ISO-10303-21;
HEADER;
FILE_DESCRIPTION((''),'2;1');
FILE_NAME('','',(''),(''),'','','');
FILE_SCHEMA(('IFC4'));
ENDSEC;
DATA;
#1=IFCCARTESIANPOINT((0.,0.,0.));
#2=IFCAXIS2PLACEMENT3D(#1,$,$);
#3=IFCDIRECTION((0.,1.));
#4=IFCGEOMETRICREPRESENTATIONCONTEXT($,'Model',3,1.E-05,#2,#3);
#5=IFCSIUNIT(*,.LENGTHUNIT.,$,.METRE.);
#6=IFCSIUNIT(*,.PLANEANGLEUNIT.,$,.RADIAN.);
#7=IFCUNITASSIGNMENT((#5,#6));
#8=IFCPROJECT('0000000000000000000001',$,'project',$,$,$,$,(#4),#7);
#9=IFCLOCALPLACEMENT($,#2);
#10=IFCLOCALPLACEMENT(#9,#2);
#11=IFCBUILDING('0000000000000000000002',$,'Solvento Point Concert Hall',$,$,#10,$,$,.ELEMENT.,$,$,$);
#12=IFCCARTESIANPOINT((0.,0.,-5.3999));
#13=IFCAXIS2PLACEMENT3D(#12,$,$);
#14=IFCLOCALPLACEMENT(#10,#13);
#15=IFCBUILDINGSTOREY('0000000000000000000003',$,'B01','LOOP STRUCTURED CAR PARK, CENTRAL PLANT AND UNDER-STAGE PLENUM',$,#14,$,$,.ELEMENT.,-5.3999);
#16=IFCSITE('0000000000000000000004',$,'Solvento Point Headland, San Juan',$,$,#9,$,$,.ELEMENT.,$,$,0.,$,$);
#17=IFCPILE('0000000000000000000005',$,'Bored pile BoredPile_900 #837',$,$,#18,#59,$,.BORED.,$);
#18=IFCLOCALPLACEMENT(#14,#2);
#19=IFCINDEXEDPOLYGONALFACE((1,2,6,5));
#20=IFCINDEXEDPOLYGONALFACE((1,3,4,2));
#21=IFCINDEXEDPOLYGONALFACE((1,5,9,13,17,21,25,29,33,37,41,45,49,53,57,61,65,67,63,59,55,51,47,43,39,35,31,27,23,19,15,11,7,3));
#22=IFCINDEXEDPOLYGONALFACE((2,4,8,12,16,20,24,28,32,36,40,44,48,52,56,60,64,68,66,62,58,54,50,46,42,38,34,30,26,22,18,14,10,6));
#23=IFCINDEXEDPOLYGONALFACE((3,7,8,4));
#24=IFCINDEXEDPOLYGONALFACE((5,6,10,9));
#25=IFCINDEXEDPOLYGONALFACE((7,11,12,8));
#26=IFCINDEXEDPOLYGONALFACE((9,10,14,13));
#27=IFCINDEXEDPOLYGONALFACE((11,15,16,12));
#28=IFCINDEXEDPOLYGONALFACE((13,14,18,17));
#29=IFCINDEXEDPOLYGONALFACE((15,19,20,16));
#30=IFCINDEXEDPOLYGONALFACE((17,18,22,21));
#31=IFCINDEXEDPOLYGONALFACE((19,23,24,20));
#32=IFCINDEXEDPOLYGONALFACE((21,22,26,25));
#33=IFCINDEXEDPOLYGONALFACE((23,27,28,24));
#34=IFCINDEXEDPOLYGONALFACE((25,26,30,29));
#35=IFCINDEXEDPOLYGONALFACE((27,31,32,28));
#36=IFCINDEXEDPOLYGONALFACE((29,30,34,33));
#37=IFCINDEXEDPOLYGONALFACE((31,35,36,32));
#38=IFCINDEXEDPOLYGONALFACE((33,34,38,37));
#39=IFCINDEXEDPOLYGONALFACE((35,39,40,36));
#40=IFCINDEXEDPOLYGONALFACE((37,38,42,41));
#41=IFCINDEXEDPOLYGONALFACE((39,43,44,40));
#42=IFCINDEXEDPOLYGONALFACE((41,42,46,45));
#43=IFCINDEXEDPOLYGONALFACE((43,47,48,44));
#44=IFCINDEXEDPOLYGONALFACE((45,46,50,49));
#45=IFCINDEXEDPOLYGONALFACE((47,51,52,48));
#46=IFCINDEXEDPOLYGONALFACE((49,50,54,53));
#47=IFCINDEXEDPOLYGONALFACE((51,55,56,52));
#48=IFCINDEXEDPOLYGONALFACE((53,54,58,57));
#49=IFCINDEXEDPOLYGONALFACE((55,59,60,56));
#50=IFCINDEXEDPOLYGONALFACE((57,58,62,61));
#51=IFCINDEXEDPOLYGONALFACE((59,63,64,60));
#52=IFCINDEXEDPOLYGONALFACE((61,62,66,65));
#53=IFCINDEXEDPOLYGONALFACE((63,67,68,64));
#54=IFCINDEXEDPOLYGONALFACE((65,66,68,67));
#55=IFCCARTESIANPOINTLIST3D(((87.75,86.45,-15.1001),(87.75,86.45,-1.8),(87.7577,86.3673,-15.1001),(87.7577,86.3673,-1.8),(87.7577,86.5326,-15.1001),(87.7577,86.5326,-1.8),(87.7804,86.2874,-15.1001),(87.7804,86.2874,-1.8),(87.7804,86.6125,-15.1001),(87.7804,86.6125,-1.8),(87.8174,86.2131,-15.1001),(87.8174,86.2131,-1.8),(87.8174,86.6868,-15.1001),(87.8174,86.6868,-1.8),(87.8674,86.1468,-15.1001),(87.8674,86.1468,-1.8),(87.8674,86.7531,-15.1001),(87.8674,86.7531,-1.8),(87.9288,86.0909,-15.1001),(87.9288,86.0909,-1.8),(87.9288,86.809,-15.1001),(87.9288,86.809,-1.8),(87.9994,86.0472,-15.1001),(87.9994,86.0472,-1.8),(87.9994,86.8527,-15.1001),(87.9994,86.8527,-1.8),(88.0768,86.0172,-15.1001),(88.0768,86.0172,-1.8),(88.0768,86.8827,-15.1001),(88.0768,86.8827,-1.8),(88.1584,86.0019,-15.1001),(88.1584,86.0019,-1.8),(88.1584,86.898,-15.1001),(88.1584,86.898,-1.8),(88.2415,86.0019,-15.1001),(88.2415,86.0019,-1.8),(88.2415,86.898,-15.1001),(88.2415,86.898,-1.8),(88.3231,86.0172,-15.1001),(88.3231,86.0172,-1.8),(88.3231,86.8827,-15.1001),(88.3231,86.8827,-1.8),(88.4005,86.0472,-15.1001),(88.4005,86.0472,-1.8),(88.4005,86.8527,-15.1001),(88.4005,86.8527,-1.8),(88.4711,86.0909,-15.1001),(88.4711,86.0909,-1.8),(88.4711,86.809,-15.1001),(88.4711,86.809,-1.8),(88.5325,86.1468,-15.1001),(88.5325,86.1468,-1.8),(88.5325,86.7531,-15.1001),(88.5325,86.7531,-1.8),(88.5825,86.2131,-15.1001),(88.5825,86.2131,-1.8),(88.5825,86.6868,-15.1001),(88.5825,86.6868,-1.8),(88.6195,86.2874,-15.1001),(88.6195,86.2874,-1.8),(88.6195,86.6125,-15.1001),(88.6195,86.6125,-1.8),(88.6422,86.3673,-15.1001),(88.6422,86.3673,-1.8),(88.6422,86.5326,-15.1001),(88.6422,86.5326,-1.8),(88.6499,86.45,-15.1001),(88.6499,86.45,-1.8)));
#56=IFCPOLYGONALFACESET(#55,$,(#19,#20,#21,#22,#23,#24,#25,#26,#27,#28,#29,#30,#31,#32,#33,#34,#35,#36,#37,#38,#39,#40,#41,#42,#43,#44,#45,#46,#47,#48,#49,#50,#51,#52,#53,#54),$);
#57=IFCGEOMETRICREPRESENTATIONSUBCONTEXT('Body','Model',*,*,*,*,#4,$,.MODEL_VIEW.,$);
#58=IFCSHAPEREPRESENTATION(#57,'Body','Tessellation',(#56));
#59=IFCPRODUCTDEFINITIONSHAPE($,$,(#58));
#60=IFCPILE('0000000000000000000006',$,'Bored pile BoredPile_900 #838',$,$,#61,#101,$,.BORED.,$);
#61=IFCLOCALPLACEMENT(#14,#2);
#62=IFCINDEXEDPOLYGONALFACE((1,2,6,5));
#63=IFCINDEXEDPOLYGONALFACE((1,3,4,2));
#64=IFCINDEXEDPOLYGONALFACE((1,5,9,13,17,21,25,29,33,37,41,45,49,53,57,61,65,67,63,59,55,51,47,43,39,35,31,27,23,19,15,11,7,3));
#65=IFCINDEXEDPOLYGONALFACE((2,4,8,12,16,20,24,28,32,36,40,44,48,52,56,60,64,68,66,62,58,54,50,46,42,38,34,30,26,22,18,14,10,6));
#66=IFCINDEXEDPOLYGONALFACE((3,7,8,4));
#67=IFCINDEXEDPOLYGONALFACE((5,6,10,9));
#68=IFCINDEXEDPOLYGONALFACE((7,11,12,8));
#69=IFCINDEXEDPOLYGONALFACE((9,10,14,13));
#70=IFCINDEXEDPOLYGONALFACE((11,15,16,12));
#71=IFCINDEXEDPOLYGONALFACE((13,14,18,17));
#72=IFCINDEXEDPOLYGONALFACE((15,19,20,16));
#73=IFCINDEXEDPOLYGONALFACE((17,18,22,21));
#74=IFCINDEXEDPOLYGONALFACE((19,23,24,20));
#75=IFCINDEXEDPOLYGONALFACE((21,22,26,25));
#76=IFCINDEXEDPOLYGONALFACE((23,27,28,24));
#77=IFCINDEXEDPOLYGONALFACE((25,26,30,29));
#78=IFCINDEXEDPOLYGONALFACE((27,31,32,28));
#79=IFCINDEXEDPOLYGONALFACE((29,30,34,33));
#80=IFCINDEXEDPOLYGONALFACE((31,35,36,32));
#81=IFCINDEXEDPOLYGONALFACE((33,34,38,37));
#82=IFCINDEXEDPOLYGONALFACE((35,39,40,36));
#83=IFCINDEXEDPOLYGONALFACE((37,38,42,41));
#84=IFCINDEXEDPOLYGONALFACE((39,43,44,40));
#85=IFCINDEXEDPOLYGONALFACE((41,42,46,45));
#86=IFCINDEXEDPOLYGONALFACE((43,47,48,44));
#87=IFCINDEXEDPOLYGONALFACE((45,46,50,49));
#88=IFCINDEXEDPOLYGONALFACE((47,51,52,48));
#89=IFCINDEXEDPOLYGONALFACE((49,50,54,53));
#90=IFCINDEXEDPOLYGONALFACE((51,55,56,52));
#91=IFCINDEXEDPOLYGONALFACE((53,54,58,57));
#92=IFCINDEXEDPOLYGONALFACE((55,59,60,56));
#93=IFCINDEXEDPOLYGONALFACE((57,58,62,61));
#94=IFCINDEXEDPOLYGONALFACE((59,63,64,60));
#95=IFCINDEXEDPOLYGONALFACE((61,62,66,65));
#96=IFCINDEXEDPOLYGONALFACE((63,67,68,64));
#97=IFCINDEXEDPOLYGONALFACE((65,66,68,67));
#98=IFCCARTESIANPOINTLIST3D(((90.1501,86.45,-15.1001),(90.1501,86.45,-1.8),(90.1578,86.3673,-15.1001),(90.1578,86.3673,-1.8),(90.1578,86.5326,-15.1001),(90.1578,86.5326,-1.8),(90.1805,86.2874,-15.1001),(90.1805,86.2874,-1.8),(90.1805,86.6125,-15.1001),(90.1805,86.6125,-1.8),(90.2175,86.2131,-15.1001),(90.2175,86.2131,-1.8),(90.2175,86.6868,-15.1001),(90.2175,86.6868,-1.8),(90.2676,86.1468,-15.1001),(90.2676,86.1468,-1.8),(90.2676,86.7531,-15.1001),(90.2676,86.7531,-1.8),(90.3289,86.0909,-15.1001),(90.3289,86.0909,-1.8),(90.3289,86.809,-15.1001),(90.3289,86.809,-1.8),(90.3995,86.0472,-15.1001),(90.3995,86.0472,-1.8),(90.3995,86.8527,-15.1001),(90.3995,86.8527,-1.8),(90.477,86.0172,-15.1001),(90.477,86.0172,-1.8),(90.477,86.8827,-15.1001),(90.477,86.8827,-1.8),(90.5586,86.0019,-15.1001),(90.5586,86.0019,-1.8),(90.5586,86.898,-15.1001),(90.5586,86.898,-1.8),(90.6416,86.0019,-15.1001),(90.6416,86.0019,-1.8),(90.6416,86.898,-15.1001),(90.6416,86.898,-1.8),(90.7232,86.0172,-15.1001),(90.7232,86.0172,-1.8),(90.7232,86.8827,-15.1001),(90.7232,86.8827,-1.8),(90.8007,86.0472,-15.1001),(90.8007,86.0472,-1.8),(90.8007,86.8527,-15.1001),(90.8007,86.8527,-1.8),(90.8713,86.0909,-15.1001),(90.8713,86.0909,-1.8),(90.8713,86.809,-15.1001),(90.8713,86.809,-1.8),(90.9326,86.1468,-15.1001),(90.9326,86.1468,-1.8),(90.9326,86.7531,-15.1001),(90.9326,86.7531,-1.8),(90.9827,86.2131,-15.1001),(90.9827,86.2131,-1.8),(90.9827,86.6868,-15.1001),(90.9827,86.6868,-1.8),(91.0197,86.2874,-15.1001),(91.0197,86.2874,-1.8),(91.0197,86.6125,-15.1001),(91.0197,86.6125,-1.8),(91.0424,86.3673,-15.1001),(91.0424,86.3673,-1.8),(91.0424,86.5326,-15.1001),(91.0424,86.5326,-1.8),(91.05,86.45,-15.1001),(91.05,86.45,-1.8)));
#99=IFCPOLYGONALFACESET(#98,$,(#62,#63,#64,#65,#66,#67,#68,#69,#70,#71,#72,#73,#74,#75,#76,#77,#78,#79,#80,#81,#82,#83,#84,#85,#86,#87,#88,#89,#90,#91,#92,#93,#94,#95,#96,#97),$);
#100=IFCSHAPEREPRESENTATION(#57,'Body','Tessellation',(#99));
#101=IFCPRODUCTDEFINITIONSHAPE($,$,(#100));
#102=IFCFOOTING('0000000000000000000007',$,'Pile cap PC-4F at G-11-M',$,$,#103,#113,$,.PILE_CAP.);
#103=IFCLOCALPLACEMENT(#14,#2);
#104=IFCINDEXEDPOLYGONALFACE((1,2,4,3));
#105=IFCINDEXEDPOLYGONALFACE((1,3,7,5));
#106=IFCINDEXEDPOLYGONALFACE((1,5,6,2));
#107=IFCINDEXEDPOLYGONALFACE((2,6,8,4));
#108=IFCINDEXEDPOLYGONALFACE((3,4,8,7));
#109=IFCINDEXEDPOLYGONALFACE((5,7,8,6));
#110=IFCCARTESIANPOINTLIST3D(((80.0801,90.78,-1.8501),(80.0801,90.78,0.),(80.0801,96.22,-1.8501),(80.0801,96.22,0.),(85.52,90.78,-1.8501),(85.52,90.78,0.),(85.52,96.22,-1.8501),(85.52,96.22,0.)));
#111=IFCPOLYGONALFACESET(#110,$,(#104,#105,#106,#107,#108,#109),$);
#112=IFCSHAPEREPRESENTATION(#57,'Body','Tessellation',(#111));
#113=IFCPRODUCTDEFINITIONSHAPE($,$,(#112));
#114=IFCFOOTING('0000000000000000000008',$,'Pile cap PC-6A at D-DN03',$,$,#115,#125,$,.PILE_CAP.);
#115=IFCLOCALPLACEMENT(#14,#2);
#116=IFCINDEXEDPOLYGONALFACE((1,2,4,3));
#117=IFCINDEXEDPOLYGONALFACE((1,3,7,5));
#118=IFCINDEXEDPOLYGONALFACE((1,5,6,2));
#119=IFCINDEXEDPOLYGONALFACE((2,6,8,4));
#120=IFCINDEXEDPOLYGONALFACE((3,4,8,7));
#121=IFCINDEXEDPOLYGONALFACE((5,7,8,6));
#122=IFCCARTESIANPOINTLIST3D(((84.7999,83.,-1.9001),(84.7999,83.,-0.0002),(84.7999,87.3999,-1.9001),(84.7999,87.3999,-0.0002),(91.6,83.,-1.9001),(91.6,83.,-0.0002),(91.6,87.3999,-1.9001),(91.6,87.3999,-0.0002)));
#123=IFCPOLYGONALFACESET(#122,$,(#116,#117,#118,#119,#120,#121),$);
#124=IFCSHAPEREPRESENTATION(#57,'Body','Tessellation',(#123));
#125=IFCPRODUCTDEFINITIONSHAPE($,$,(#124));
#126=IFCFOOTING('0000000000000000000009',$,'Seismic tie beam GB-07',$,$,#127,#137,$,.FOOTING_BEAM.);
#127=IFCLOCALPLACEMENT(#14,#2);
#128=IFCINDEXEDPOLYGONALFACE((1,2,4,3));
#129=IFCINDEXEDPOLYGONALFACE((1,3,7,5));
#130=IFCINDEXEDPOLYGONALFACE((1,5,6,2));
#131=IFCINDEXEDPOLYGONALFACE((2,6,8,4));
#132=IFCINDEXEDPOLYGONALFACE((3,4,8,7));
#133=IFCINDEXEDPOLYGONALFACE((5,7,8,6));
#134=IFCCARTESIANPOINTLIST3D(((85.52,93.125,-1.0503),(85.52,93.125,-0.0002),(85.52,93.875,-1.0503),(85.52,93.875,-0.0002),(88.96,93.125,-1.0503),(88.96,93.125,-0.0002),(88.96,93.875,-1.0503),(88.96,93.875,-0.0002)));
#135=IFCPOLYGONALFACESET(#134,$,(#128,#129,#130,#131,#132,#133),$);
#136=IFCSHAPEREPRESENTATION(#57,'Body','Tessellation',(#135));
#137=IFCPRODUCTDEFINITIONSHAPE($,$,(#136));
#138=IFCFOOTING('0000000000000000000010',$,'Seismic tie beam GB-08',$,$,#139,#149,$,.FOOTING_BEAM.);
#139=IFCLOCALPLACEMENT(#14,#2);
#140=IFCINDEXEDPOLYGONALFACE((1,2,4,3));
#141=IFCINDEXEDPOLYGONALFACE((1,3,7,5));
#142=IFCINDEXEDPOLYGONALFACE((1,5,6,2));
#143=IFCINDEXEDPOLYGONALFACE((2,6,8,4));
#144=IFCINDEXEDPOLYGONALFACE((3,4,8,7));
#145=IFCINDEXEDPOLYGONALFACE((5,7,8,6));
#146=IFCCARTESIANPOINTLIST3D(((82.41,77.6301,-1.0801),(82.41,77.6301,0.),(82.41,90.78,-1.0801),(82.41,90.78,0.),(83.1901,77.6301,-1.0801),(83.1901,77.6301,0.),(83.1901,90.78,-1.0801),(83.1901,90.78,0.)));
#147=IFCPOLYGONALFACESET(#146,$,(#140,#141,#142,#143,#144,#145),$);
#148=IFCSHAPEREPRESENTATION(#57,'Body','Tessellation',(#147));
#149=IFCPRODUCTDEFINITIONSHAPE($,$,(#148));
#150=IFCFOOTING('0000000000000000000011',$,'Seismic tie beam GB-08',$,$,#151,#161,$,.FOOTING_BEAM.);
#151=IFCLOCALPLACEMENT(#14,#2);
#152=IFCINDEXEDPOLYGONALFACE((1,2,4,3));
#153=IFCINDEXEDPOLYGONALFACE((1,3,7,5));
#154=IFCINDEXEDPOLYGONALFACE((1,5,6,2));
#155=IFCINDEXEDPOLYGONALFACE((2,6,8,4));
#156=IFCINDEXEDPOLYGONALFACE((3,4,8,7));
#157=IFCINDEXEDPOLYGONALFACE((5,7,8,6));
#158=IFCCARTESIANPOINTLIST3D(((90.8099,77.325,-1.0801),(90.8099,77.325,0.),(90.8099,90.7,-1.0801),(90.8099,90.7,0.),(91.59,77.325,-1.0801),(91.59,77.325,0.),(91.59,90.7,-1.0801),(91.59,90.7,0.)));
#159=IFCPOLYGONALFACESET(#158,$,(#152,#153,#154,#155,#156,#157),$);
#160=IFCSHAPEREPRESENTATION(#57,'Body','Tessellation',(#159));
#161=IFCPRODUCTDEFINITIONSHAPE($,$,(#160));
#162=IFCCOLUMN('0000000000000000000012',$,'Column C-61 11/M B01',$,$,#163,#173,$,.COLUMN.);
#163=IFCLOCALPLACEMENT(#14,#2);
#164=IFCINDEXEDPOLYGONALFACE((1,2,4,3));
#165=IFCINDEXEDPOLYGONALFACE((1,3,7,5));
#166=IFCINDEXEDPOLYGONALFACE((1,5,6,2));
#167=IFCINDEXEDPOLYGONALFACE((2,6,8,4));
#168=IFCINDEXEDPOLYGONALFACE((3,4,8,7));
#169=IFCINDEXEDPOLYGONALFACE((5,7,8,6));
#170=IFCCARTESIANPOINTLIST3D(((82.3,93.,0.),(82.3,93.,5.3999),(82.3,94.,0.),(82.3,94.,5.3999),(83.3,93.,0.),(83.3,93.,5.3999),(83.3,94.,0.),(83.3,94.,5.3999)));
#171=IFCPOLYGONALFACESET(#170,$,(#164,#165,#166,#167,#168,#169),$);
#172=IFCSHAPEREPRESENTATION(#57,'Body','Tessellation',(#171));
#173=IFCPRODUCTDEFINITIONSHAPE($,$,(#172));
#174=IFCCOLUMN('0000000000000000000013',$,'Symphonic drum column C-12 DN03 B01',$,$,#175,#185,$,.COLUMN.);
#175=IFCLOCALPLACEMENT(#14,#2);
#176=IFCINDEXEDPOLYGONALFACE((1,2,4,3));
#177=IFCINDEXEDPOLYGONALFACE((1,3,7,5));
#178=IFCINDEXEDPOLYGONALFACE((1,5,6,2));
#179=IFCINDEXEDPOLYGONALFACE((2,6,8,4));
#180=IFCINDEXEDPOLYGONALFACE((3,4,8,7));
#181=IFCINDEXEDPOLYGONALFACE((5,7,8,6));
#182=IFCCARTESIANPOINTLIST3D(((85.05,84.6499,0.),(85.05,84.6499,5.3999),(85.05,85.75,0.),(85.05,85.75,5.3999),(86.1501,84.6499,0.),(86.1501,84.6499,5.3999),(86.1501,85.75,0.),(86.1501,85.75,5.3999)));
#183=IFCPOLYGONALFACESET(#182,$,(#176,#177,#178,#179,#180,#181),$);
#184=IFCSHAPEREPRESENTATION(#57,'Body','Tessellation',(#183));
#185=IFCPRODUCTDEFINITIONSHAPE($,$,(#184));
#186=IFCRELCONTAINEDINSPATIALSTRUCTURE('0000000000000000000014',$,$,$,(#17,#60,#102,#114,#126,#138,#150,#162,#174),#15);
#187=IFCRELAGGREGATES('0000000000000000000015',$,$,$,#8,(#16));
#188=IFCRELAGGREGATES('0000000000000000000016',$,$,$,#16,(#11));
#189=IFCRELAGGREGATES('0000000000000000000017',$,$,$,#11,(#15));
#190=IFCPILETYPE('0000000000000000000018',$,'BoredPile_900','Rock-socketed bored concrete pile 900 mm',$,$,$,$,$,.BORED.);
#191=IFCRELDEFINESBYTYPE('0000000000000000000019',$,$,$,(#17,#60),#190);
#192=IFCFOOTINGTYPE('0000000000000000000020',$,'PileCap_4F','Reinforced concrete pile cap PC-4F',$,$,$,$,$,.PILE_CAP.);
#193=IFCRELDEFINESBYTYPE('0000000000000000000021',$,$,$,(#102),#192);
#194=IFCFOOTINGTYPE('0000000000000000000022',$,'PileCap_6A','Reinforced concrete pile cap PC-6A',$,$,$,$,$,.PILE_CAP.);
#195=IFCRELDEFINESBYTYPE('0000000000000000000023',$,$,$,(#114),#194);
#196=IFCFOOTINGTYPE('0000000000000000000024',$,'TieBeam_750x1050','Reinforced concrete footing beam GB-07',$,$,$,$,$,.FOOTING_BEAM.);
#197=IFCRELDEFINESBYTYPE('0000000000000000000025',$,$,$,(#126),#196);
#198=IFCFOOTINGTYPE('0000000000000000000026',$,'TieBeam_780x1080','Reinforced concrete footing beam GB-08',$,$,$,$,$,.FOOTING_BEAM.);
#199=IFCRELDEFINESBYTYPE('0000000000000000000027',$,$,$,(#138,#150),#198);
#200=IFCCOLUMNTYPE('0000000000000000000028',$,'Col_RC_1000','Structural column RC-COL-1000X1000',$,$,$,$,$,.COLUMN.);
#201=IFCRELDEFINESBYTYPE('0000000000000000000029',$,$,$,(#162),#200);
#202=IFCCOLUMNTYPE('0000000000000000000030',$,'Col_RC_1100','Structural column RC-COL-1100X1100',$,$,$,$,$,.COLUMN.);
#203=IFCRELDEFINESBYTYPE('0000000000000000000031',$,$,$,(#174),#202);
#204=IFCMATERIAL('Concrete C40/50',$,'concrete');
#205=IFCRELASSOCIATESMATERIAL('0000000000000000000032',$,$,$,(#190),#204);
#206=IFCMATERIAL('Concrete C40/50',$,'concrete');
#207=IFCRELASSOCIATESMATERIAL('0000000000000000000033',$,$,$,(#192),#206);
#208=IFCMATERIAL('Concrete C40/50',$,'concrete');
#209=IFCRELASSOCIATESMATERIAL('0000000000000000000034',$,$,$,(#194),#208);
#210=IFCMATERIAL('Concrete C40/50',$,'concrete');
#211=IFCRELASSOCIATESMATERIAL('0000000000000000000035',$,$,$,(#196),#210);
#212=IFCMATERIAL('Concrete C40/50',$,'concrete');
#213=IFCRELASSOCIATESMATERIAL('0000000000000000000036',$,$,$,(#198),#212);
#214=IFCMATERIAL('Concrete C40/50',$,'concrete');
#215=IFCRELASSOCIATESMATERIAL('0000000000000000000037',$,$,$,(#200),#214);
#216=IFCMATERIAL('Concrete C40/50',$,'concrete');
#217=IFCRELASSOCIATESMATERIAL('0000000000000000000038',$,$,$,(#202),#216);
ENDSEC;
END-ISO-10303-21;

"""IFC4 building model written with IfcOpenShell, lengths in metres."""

from ifc_helpers import new_model, si_unit, direction, frame, origin, origin_2d, place, context, subcontext, project, spatial, rectangle, circle, extrude, material, material_profile, profile_set, type_object, element, save


model = new_model("IFC4")

# Units and contexts
model_context = context("Model", 3, precision=1e-05, world=origin(), true_north=direction((0.0, 1.0)))
body_context = subcontext(model_context, "Body", "Model", "MODEL_VIEW")
ifc_project = project(units=[si_unit("LENGTHUNIT", "METRE"), si_unit("PLANEANGLEUNIT", "RADIAN")], contexts=[model_context])

# Site, building, storey
site_placement = place(None, origin())
site = spatial("IfcSite", under=ifc_project, at=site_placement, Name="Solvento Point Headland, San Juan", CompositionType="ELEMENT", RefElevation=0.0)
building_placement = place(site_placement, origin())
building = spatial("IfcBuilding", under=site, at=building_placement, Name="Solvento Point Concert Hall", CompositionType="ELEMENT")
storey_placement = place(building_placement, frame((0.0, 0.0, -5.3999)))
storey = spatial("IfcBuildingStorey", under=building, at=storey_placement, Name="B01", Description="LOOP STRUCTURED CAR PARK, CENTRAL PLANT AND UNDER-STAGE PLENUM", CompositionType="ELEMENT", Elevation=-5.3999)

# Piles
ifc_material_1 = material(Name="Concrete C40/50", Category="concrete")
ifc_material_profile_1 = material_profile(ifc_material_1, circle(Radius=0.45, at=origin_2d()), Name="BP-900")
ifc_profile_set_1 = profile_set([ifc_material_profile_1], Name="Concrete C40/50")
pile_type_1 = type_object("IfcPileType", Name="BoredPile_900", Description="Rock-socketed bored concrete pile 900 mm", PredefinedType="BORED", material=ifc_profile_set_1)
for number, where, z_axis, x_axis, name in (
    (1, (88.2, 86.45, -1.8), (0.0, 0.0, -1.0), (1.0, 0.0, 0.0), "Bored pile BoredPile_900 #837"),
    (2, (90.6001, 86.45, -1.8), (0.0, 0.0, -1.0), (1.0, 0.0, 0.0), "Bored pile BoredPile_900 #838"),
):
    element("IfcPile", number, at=place(storey_placement, frame(where, z_axis=z_axis, x_axis=x_axis)), inside=storey, type_object=pile_type_1, Name=name, PredefinedType="BORED", context=body_context, shape_type="SweptSolid", body=[
        extrude(circle(Radius=0.45, at=origin_2d()), origin(), (0.0, 0.0, 1.0), 13.3),
    ])

# Footings
ifc_material_2 = material(Name="Concrete C40/50", Category="concrete")
footing_type_1 = type_object("IfcFootingType", Name="PileCap_4F", Description="Reinforced concrete pile cap PC-4F", PredefinedType="PILE_CAP", material=ifc_material_2)
footing_1_placement = place(storey_placement, frame((82.8, 93.5, -1.8501), z_axis=(0.0, 0.0, 1.0), x_axis=(1.0, 0.0, 0.0)))
element("IfcFooting", 3, at=footing_1_placement, inside=storey, type_object=footing_type_1, Name="Pile cap PC-4F at G-11-M", PredefinedType="PILE_CAP", context=body_context, shape_type="SweptSolid", body=[
    extrude(rectangle(XDim=5.4399, YDim=5.4399, at=origin_2d()), origin(), (0.0, 0.0, 1.0), 1.8501),
])
ifc_material_3 = material(Name="Concrete C40/50", Category="concrete")
footing_type_2 = type_object("IfcFootingType", Name="PileCap_6A", Description="Reinforced concrete pile cap PC-6A", PredefinedType="PILE_CAP", material=ifc_material_3)
footing_2_placement = place(storey_placement, frame((88.2, 85.2, -1.9001), z_axis=(0.0, 0.0, 1.0), x_axis=(1.0, 0.0, 0.0)))
element("IfcFooting", 4, at=footing_2_placement, inside=storey, type_object=footing_type_2, Name="Pile cap PC-6A at D-DN03", PredefinedType="PILE_CAP", context=body_context, shape_type="SweptSolid", body=[
    extrude(rectangle(XDim=6.8, YDim=4.3999, at=origin_2d()), origin(), (0.0, 0.0, 1.0), 1.8999),
])
ifc_material_4 = material(Name="Concrete C40/50", Category="concrete")
footing_type_3 = type_object("IfcFootingType", Name="TieBeam_750x1050", Description="Reinforced concrete footing beam GB-07", PredefinedType="FOOTING_BEAM", material=ifc_material_4)
footing_3_placement = place(storey_placement, frame((87.24, 93.5, -1.0503), z_axis=(0.0, 0.0, 1.0), x_axis=(1.0, 0.0, 0.0)))
element("IfcFooting", 5, at=footing_3_placement, inside=storey, type_object=footing_type_3, Name="Seismic tie beam GB-07", PredefinedType="FOOTING_BEAM", context=body_context, shape_type="SweptSolid", body=[
    extrude(rectangle(XDim=3.4399, YDim=0.75, at=origin_2d()), origin(), (0.0, 0.0, 1.0), 1.05),
])
ifc_material_5 = material(Name="Concrete C40/50", Category="concrete")
footing_type_4 = type_object("IfcFootingType", Name="TieBeam_780x1080", Description="Reinforced concrete footing beam GB-08", PredefinedType="FOOTING_BEAM", material=ifc_material_5)
footing_4_placement = place(storey_placement, frame((82.8, 84.2051, -1.0801), z_axis=(0.0, 0.0, 1.0), x_axis=(0.0, 1.0, 0.0)))
element("IfcFooting", 6, at=footing_4_placement, inside=storey, type_object=footing_type_4, Name="Seismic tie beam GB-08", PredefinedType="FOOTING_BEAM", context=body_context, shape_type="SweptSolid", body=[
    extrude(rectangle(XDim=13.1499, YDim=0.78, at=origin_2d()), origin(), (0.0, 0.0, 1.0), 1.0801),
])
footing_5_placement = place(storey_placement, frame((91.2, 84.0125, -1.0801), z_axis=(0.0, 0.0, 1.0), x_axis=(0.0, 1.0, 0.0)))
element("IfcFooting", 7, at=footing_5_placement, inside=storey, type_object=footing_type_4, Name="Seismic tie beam GB-08", PredefinedType="FOOTING_BEAM", context=body_context, shape_type="SweptSolid", body=[
    extrude(rectangle(XDim=13.375, YDim=0.78, at=origin_2d()), origin(), (0.0, 0.0, 1.0), 1.0801),
])

# Columns
ifc_material_6 = material(Name="Concrete C40/50", Category="concrete")
ifc_material_profile_2 = material_profile(ifc_material_6, rectangle(XDim=1.0, YDim=1.0, at=origin_2d()), Name="RC-COL-1000X1000")
ifc_profile_set_2 = profile_set([ifc_material_profile_2], Name="Concrete C40/50")
column_type_1 = type_object("IfcColumnType", Name="Col_RC_1000", Description="Structural column RC-COL-1000X1000", PredefinedType="COLUMN", material=ifc_profile_set_2)
column_placement = place(storey_placement, frame((82.8, 93.5, 0.0), z_axis=(0.0, 0.0, 1.0), x_axis=(1.0, 0.0, 0.0)))
element("IfcColumn", 8, at=column_placement, inside=storey, type_object=column_type_1, Name="Column C-61 11/M B01", PredefinedType="COLUMN", context=body_context, shape_type="SweptSolid", body=[
    extrude(rectangle(XDim=1.0, YDim=1.0, at=origin_2d()), origin(), (0.0, 0.0, 1.0), 5.3999),
])
ifc_material_7 = material(Name="Concrete C40/50", Category="concrete")
ifc_material_profile_3 = material_profile(ifc_material_7, rectangle(XDim=1.1001, YDim=1.1001, at=origin_2d()), Name="RC-COL-1100X1100")
ifc_profile_set_3 = profile_set([ifc_material_profile_3], Name="Concrete C40/50")
column_type_2 = type_object("IfcColumnType", Name="Col_RC_1100", Description="Structural column RC-COL-1100X1100", PredefinedType="COLUMN", material=ifc_profile_set_3)
for number, where, z_axis, x_axis, name in (
    (9, (85.6001, 85.2, 0.0), (0.0, 0.0, 1.0), (1.0, 0.0, 0.0), "Symphonic drum column C-12 DN03 B01"),
):
    element("IfcColumn", number, at=place(storey_placement, frame(where, z_axis=z_axis, x_axis=x_axis)), inside=storey, type_object=column_type_2, Name=name, PredefinedType="COLUMN", context=body_context, shape_type="SweptSolid", body=[
        extrude(rectangle(XDim=1.1001, YDim=1.1001, at=origin_2d()), origin(), (0.0, 0.0, 1.0), 5.3999),
    ])

save(model, "model.ifc")
